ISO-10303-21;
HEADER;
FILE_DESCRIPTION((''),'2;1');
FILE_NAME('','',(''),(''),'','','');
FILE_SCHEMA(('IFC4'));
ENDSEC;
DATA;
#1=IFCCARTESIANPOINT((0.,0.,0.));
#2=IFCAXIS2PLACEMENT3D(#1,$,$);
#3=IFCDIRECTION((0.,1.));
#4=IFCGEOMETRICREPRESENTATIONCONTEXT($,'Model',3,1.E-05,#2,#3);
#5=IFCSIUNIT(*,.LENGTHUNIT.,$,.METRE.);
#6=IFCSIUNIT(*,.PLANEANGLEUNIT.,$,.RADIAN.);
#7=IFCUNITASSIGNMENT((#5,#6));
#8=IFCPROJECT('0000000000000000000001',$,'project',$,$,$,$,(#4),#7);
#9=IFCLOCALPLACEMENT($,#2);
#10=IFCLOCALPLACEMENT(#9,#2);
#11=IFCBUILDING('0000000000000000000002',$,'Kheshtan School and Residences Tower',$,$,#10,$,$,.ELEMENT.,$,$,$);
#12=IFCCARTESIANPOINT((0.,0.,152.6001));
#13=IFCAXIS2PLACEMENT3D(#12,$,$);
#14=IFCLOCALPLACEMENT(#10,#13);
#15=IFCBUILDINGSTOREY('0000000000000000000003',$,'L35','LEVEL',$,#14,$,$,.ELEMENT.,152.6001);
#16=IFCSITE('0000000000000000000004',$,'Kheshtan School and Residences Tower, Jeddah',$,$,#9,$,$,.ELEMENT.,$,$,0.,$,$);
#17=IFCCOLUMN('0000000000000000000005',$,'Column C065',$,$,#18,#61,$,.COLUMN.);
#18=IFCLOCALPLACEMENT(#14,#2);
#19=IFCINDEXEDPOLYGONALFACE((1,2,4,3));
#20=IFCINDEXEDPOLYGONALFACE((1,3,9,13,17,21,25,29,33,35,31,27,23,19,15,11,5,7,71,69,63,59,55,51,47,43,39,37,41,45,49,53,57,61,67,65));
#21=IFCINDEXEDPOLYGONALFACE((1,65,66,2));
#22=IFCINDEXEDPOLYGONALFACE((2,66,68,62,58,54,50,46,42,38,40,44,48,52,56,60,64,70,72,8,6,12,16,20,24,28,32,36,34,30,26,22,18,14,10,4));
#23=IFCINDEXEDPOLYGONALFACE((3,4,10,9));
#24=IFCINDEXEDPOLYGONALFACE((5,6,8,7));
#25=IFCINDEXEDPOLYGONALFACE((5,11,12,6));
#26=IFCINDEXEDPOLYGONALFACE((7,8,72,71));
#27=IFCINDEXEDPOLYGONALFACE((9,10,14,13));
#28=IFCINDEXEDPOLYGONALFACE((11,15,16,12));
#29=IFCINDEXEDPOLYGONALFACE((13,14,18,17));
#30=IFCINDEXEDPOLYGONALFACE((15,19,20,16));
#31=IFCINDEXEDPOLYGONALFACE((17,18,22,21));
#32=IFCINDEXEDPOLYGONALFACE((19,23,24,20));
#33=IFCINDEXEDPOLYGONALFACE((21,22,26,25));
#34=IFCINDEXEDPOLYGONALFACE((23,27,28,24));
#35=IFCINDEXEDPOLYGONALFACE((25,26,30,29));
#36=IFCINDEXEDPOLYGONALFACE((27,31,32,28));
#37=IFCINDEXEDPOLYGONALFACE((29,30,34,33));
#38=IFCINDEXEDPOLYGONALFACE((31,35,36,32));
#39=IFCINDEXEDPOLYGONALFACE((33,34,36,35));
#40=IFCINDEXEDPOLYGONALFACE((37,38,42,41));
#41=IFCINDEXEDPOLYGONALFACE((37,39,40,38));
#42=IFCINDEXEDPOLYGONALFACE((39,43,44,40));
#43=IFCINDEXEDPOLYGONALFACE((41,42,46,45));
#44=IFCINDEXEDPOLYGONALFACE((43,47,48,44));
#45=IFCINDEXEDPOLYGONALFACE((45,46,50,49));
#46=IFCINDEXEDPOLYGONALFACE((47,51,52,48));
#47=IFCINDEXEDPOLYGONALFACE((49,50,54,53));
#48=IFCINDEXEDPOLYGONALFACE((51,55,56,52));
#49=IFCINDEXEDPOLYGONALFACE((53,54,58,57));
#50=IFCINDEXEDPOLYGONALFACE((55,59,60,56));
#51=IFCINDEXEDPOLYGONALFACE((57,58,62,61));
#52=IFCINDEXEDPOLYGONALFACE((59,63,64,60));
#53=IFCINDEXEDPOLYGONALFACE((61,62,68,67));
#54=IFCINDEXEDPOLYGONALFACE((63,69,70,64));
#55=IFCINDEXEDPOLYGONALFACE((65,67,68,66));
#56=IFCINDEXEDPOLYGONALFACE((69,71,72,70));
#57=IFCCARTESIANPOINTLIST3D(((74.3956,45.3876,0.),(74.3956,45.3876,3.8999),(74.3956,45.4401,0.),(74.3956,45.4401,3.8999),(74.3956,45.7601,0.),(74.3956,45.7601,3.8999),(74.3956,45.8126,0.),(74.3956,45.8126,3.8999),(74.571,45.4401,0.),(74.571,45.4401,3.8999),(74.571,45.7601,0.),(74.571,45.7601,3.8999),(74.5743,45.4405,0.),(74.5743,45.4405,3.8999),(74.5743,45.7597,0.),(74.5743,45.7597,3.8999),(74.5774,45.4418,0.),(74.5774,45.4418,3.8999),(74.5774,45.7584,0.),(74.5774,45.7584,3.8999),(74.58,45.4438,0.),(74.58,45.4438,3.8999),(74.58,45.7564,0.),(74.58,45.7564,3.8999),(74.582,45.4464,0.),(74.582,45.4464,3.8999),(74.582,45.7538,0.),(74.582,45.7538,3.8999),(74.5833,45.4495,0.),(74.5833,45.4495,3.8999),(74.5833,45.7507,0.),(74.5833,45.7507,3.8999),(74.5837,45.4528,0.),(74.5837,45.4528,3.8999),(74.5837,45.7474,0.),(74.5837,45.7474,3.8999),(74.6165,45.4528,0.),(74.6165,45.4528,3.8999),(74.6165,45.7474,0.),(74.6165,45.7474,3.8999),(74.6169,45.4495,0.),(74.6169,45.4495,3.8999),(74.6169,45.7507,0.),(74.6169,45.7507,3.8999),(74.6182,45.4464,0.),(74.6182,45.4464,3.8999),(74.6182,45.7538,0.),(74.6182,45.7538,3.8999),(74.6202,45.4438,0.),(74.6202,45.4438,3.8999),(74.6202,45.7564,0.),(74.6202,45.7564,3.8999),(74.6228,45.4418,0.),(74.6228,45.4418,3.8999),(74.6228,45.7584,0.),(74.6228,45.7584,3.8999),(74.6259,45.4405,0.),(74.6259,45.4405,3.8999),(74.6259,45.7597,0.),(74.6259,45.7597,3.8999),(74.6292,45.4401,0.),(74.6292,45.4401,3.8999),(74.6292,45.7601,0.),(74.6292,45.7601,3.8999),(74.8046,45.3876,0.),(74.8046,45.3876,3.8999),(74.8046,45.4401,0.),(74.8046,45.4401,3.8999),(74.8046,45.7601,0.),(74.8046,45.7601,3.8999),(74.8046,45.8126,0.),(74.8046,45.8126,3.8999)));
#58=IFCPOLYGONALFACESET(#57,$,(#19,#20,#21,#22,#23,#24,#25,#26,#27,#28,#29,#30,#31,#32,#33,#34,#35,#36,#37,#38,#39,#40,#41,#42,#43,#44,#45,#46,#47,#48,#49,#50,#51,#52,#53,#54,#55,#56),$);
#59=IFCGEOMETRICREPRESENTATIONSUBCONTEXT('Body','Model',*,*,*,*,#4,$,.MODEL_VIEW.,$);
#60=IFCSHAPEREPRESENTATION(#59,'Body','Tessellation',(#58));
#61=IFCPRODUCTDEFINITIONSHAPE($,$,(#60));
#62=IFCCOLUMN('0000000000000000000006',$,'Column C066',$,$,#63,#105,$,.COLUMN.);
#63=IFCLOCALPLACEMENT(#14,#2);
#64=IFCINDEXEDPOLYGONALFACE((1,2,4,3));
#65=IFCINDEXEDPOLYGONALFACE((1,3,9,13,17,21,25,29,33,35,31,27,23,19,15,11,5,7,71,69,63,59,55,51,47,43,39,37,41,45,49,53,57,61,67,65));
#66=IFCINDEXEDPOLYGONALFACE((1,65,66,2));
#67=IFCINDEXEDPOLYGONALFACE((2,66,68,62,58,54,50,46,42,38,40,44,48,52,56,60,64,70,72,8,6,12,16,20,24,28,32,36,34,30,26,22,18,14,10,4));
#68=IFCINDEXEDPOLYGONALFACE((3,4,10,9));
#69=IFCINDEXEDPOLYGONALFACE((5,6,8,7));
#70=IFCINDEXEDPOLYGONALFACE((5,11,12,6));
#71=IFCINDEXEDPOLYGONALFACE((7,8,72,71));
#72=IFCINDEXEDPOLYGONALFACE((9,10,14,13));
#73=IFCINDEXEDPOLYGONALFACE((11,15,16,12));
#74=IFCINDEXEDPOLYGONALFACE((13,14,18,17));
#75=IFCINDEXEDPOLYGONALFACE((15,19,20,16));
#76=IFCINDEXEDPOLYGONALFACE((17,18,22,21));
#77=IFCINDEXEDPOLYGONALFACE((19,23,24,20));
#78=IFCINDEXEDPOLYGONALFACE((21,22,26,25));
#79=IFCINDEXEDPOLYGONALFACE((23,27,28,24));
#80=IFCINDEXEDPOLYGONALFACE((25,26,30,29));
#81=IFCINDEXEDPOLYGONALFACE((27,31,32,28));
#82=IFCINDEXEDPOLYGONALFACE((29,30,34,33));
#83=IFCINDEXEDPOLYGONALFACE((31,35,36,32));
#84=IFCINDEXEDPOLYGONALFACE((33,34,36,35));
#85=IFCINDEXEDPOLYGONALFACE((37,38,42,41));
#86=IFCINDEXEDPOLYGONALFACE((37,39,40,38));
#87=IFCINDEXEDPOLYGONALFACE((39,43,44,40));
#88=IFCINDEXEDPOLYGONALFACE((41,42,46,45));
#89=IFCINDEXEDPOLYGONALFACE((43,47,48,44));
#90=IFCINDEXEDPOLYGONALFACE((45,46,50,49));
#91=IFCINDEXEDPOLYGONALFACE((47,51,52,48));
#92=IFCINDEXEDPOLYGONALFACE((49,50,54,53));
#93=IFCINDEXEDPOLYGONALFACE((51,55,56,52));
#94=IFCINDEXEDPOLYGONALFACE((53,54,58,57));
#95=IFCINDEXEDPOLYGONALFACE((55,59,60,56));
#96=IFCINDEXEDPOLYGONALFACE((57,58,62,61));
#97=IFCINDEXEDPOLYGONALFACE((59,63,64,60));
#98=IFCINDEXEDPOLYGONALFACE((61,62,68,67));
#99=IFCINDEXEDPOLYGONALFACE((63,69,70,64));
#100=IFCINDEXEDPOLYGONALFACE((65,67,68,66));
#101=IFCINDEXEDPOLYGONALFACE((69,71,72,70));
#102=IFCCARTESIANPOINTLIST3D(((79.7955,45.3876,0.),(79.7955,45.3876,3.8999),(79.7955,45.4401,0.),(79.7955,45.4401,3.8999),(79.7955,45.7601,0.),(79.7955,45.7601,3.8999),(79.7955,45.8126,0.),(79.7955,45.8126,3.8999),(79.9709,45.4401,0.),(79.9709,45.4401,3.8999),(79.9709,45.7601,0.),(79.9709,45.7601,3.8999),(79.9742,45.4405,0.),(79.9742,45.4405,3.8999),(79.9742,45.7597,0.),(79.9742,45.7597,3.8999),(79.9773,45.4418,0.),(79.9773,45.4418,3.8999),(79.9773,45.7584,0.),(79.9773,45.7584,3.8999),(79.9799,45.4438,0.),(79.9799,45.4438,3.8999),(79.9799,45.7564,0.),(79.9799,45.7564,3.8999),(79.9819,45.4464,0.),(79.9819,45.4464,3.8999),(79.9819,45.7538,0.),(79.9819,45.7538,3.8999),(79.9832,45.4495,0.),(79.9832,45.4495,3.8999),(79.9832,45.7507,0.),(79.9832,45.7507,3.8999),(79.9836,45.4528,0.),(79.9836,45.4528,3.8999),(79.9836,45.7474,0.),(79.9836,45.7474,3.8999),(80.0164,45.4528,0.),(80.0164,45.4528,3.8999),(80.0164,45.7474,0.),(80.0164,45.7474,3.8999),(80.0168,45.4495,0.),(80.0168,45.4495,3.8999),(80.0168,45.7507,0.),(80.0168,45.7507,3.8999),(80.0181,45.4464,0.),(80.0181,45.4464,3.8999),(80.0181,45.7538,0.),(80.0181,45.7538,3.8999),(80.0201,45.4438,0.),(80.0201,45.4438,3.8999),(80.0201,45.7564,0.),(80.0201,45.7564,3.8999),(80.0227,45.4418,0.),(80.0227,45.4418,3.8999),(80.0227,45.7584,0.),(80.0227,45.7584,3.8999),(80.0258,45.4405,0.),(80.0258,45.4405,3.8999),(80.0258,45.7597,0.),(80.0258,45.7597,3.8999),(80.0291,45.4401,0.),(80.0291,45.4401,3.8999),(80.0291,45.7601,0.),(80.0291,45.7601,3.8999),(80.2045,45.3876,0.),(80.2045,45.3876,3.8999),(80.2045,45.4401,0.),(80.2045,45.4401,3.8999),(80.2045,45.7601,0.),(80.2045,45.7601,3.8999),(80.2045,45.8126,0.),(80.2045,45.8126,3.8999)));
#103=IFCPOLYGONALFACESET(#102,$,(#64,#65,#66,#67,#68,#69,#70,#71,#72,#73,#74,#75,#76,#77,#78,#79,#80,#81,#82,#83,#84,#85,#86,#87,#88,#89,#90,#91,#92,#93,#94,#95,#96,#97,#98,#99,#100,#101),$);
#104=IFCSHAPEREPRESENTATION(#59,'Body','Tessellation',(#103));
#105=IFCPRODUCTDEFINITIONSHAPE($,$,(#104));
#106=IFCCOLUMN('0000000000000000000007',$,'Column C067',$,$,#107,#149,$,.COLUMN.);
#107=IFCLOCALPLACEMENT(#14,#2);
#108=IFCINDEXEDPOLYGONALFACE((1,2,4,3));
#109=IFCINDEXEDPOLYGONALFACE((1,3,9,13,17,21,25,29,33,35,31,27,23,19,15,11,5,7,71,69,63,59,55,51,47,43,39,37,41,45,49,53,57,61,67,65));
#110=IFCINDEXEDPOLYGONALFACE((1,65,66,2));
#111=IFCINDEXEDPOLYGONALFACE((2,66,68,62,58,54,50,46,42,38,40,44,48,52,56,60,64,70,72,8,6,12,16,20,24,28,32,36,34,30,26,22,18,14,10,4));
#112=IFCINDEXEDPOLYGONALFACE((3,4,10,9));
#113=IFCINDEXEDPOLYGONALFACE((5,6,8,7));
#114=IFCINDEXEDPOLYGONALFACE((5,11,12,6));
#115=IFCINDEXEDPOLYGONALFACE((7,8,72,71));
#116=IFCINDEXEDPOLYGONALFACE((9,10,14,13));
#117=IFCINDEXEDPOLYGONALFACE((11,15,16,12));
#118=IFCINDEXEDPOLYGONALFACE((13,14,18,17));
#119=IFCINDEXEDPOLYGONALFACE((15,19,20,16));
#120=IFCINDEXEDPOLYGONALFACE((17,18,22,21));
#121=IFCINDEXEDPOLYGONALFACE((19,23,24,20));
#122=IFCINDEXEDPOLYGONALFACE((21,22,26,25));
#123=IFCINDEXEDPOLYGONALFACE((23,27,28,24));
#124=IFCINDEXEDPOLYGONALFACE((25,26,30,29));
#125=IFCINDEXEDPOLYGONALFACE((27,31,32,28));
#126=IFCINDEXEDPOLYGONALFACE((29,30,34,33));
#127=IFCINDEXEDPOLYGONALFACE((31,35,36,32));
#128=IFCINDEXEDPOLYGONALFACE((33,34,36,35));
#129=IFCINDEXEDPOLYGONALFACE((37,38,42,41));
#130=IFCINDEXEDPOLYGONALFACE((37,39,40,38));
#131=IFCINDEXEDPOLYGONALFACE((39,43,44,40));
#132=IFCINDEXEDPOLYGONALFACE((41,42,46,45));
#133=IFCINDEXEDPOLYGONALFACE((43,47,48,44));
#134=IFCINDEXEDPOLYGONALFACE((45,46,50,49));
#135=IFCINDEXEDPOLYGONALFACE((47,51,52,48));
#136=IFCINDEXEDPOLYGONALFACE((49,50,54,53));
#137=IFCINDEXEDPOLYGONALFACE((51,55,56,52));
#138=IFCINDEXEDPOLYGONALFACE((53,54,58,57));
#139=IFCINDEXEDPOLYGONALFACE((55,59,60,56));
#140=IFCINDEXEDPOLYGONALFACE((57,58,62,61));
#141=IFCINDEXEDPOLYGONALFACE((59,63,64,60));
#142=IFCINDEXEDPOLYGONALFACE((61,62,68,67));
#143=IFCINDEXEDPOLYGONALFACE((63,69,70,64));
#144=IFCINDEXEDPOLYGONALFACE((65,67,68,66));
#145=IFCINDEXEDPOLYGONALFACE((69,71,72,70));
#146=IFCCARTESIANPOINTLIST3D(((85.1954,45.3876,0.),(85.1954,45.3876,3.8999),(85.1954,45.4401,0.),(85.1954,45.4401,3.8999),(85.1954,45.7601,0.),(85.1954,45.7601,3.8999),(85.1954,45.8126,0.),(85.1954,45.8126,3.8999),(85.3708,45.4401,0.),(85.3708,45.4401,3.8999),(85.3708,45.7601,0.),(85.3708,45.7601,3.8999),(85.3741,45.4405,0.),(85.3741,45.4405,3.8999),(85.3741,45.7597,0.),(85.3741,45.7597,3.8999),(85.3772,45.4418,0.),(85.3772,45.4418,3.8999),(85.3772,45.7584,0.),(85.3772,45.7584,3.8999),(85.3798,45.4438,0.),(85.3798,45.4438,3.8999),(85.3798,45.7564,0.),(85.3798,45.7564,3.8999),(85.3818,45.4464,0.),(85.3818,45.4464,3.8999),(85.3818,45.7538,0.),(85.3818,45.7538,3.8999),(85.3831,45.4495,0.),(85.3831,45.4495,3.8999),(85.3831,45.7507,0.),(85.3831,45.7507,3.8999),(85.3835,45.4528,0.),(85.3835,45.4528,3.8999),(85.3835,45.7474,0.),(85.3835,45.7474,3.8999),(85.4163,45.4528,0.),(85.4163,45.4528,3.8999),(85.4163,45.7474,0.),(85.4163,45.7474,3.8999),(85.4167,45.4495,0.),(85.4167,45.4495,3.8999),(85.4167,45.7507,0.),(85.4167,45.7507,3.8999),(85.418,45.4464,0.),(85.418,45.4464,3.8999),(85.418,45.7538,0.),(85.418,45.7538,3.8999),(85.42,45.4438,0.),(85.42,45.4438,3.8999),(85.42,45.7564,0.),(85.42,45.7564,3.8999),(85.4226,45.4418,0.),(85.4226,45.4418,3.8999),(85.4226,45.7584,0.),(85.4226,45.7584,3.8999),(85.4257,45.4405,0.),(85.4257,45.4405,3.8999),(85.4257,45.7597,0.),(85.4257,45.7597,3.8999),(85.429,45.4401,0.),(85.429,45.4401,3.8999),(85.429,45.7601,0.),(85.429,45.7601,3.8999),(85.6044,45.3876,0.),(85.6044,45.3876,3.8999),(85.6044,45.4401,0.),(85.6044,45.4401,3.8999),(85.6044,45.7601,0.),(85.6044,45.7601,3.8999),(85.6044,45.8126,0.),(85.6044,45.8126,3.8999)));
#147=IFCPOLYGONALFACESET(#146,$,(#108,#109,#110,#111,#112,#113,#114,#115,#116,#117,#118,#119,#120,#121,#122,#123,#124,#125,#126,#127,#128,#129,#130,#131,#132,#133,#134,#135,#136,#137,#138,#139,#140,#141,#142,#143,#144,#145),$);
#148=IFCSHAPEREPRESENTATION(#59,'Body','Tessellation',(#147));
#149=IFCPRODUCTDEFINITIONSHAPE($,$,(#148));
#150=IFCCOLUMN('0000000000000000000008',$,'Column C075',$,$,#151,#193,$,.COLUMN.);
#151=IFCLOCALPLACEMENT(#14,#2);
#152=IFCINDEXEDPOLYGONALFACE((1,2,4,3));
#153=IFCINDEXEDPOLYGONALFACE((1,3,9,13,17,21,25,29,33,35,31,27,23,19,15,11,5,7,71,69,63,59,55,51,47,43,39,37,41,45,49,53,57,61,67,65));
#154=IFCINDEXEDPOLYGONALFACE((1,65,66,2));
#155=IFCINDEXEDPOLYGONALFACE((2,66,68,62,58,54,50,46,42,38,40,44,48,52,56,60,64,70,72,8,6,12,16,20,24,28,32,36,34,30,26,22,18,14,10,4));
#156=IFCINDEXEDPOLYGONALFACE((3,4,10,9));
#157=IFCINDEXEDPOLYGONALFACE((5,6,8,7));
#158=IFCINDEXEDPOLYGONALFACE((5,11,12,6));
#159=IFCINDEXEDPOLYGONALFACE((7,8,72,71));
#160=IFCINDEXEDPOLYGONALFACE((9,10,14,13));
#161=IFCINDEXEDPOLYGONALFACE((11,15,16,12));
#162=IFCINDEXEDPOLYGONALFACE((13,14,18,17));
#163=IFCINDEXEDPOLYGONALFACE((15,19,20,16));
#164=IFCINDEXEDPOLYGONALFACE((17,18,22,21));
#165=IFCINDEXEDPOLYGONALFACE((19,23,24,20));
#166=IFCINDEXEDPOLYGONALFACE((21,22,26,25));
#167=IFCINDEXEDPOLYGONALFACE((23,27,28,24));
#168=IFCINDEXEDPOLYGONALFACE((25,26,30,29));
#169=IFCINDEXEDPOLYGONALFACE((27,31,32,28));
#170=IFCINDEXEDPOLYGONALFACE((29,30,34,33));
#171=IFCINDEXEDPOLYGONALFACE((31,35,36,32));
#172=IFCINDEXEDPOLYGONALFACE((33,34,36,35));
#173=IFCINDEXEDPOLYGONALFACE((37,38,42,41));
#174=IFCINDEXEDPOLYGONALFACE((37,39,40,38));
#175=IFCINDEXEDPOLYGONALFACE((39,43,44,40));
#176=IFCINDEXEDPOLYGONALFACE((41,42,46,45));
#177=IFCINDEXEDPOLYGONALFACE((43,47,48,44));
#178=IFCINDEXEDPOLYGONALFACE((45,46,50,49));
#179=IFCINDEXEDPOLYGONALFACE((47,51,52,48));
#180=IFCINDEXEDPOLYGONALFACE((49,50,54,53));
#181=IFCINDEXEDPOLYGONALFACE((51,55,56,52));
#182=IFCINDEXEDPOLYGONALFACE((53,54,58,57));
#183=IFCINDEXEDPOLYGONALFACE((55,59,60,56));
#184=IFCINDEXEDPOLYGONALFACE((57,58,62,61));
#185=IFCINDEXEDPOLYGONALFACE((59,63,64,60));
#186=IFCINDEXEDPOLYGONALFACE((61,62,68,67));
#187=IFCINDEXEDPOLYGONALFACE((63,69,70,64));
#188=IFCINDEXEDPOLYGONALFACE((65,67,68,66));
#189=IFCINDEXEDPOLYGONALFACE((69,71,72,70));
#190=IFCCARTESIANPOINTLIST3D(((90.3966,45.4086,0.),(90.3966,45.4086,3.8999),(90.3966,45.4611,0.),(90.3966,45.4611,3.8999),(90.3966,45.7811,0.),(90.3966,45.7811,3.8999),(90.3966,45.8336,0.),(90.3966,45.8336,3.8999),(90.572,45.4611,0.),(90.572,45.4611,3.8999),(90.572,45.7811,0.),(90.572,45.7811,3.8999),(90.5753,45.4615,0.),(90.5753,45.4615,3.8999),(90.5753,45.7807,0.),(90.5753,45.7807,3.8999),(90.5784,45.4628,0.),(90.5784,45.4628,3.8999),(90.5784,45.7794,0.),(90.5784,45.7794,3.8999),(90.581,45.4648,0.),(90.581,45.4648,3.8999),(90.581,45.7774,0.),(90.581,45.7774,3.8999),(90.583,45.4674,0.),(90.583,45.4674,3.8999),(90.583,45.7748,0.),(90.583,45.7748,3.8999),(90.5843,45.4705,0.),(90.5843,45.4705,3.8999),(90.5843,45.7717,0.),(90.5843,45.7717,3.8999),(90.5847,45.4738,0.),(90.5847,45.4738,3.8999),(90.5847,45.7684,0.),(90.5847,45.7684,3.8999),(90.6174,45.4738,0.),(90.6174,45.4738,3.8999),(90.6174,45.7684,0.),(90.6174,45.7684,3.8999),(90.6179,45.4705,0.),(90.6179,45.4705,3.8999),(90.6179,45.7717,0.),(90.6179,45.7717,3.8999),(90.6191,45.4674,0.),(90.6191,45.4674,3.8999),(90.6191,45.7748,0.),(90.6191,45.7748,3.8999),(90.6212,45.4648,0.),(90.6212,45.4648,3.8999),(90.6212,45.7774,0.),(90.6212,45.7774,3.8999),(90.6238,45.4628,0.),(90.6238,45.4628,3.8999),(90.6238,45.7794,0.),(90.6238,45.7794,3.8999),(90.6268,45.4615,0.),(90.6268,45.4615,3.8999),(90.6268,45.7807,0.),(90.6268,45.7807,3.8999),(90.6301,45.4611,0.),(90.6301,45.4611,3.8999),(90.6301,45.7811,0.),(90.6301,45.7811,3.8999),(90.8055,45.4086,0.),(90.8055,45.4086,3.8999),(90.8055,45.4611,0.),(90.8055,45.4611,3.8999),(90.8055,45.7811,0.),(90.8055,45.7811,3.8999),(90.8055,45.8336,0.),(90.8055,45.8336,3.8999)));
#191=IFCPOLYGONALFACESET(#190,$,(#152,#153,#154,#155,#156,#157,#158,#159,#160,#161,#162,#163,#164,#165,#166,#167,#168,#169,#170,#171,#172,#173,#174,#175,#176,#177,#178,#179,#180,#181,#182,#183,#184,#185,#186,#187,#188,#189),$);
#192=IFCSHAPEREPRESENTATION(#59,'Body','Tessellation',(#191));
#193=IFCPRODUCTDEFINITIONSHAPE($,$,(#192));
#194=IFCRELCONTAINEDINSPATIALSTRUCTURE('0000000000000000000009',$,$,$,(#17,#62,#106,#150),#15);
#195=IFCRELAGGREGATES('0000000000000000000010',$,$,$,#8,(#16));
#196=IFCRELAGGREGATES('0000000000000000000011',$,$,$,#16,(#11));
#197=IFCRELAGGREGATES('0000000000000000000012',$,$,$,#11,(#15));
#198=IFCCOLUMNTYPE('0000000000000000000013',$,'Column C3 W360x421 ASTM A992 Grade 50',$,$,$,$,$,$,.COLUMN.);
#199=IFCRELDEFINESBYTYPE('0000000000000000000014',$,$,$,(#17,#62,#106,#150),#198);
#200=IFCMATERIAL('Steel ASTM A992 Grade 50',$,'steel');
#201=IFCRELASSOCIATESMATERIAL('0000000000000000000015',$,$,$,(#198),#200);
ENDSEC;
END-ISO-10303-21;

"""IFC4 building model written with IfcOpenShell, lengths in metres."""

from ifc_helpers import new_model, si_unit, direction, frame, origin, origin_2d, place, context, subcontext, project, spatial, i_section, extrude, material, material_profile, profile_set, type_object, element, save


model = new_model("IFC4")

# Units and contexts
model_context = context("Model", 3, precision=1e-05, world=origin(), true_north=direction((0.0, 1.0)))
body_context = subcontext(model_context, "Body", "Model", "MODEL_VIEW")
ifc_project = project(units=[si_unit("LENGTHUNIT", "METRE"), si_unit("PLANEANGLEUNIT", "RADIAN")], contexts=[model_context])

# Site, building, storey
site_placement = place(None, origin())
site = spatial("IfcSite", under=ifc_project, at=site_placement, Name="Kheshtan School and Residences Tower, Jeddah", CompositionType="ELEMENT", RefElevation=0.0)
building_placement = place(site_placement, origin())
building = spatial("IfcBuilding", under=site, at=building_placement, Name="Kheshtan School and Residences Tower", CompositionType="ELEMENT")
storey_placement = place(building_placement, frame((0.0, 0.0, 152.6001)))
storey = spatial("IfcBuildingStorey", under=building, at=storey_placement, Name="L35", Description="LEVEL", CompositionType="ELEMENT", Elevation=152.6001)

# Columns
ifc_material_1 = material(Name="Steel ASTM A992 Grade 50", Category="steel")
ifc_material_profile_1 = material_profile(ifc_material_1, i_section(OverallWidth=0.4089, OverallDepth=0.425, WebThickness=0.0327, FlangeThickness=0.0525, FilletRadius=0.0127, at=origin_2d()), Name="W360x421")
ifc_profile_set_1 = profile_set([ifc_material_profile_1], Name="Steel ASTM A992 Grade 50")
column_type = type_object("IfcColumnType", Name="Column C3 W360x421 ASTM A992 Grade 50", PredefinedType="COLUMN", material=ifc_profile_set_1)
for number, where, z_axis, x_axis, name in (
    (1, (74.6001, 45.6001, 0.0), (0.0, 0.0, 1.0), (1.0, 0.0, 0.0), "Column C065"),
    (2, (80.0, 45.6001, 0.0), (0.0, 0.0, 1.0), (1.0, 0.0, 0.0), "Column C066"),
    (3, (85.3999, 45.6001, 0.0), (0.0, 0.0, 1.0), (1.0, 0.0, 0.0), "Column C067"),
    (4, (90.6011, 45.6211, 0.0), (0.0, 0.0, 1.0), (1.0, 0.0, 0.0), "Column C075"),
):
    element("IfcColumn", number, at=place(storey_placement, frame(where, z_axis=z_axis, x_axis=x_axis)), inside=storey, type_object=column_type, Name=name, PredefinedType="COLUMN", context=body_context, shape_type="SweptSolid", body=[
        extrude(i_section(OverallWidth=0.4089, OverallDepth=0.425, WebThickness=0.0327, FlangeThickness=0.0525, FilletRadius=0.0127, at=origin_2d()), origin(), (0.0, 0.0, 1.0), 3.8999),
    ])

save(model, "model.ifc")
